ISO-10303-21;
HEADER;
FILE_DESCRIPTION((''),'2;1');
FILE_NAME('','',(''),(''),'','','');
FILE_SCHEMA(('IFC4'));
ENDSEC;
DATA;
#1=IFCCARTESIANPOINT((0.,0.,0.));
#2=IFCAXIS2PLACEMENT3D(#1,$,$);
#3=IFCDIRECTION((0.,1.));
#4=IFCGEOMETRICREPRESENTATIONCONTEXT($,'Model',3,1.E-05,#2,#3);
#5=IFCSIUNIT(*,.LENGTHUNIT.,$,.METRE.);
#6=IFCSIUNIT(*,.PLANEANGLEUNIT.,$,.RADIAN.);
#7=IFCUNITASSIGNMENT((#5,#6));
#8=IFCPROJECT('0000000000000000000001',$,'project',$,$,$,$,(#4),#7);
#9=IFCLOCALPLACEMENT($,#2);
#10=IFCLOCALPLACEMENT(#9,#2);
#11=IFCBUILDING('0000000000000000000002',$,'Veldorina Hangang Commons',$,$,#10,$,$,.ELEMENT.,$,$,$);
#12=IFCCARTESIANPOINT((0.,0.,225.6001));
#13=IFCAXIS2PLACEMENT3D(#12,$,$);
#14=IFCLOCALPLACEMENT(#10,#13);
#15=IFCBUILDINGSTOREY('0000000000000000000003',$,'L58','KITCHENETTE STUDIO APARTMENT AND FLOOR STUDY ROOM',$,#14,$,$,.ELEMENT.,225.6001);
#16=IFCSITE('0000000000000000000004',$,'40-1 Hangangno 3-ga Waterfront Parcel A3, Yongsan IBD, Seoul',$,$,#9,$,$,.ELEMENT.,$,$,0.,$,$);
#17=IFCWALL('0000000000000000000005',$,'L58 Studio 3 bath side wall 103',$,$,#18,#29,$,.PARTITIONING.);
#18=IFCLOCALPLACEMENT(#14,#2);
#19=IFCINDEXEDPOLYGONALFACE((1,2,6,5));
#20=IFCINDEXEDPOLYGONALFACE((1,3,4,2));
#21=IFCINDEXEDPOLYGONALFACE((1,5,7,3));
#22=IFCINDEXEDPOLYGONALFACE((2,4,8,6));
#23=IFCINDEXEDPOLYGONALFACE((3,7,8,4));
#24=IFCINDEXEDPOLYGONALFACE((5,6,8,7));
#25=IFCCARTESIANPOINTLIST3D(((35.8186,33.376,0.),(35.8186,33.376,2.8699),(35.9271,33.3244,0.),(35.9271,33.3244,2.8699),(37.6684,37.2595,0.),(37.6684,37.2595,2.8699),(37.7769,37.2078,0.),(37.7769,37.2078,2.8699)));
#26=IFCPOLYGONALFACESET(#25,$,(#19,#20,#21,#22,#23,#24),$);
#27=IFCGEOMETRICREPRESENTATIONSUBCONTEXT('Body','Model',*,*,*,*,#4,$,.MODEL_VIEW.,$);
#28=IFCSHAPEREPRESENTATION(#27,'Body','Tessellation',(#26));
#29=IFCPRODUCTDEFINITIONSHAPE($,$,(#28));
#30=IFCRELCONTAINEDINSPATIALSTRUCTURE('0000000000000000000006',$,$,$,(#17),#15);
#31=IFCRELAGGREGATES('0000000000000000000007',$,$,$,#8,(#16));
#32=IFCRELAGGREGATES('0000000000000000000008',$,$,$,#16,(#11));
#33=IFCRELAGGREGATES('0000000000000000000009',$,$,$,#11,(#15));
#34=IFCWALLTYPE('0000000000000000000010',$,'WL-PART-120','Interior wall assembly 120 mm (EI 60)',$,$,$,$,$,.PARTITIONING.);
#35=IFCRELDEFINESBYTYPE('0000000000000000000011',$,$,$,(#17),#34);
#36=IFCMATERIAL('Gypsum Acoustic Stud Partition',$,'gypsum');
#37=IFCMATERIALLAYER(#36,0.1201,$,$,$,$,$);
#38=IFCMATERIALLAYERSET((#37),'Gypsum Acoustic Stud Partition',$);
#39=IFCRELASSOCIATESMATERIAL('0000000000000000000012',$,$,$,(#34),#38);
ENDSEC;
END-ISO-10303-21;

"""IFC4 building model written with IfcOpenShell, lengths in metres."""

from ifc_helpers import new_model, si_unit, direction, frame, frame_2d, origin, place, context, subcontext, project, spatial, rectangle, extrude, material, layer, layer_set, type_object, element, save


model = new_model("IFC4")

# Units and contexts
model_context = context("Model", 3, precision=1e-05, world=origin(), true_north=direction((0.0, 1.0)))
body_context = subcontext(model_context, "Body", "Model", "MODEL_VIEW")
ifc_project = project(units=[si_unit("LENGTHUNIT", "METRE"), si_unit("PLANEANGLEUNIT", "RADIAN")], contexts=[model_context])

# Site, building, storey
site_placement = place(None, origin())
site = spatial("IfcSite", under=ifc_project, at=site_placement, Name="40-1 Hangangno 3-ga Waterfront Parcel A3, Yongsan IBD, Seoul", CompositionType="ELEMENT", RefElevation=0.0)
building_placement = place(site_placement, origin())
building = spatial("IfcBuilding", under=site, at=building_placement, Name="Veldorina Hangang Commons", CompositionType="ELEMENT")
storey_placement = place(building_placement, frame((0.0, 0.0, 225.6001)))
storey = spatial("IfcBuildingStorey", under=building, at=storey_placement, Name="L58", Description="KITCHENETTE STUDIO APARTMENT AND FLOOR STUDY ROOM", CompositionType="ELEMENT", Elevation=225.6001)

# Shared definitions
ifc_material_1 = material(Name="Gypsum Acoustic Stud Partition", Category="gypsum")
ifc_layer_1 = layer(ifc_material_1, 0.1201)
ifc_layer_set_1 = layer_set([ifc_layer_1], Name="Gypsum Acoustic Stud Partition")
wall_type_1 = type_object("IfcWallType", Name="WL-PART-120", Description="Interior wall assembly 120 mm (EI 60)", PredefinedType="PARTITIONING", material=ifc_layer_set_1)

# Wall
wall_1_placement = place(storey_placement, frame((35.8728, 33.3501, 0.0), z_axis=(0.0, 0.0, 1.0), x_axis=(0.430037, 0.902811, 0.0)))
element("IfcWall", 1, at=wall_1_placement, inside=storey, type_object=wall_type_1, Name="L58 Studio 3 bath side wall 103", PredefinedType="PARTITIONING", context=body_context, shape_type="SweptSolid", body=[
    extrude(rectangle(XDim=4.3015, YDim=0.1201, at=frame_2d((2.1509, 0.0))), origin(), (0.0, 0.0, 1.0), 2.8699),
])

save(model, "model.ifc")
